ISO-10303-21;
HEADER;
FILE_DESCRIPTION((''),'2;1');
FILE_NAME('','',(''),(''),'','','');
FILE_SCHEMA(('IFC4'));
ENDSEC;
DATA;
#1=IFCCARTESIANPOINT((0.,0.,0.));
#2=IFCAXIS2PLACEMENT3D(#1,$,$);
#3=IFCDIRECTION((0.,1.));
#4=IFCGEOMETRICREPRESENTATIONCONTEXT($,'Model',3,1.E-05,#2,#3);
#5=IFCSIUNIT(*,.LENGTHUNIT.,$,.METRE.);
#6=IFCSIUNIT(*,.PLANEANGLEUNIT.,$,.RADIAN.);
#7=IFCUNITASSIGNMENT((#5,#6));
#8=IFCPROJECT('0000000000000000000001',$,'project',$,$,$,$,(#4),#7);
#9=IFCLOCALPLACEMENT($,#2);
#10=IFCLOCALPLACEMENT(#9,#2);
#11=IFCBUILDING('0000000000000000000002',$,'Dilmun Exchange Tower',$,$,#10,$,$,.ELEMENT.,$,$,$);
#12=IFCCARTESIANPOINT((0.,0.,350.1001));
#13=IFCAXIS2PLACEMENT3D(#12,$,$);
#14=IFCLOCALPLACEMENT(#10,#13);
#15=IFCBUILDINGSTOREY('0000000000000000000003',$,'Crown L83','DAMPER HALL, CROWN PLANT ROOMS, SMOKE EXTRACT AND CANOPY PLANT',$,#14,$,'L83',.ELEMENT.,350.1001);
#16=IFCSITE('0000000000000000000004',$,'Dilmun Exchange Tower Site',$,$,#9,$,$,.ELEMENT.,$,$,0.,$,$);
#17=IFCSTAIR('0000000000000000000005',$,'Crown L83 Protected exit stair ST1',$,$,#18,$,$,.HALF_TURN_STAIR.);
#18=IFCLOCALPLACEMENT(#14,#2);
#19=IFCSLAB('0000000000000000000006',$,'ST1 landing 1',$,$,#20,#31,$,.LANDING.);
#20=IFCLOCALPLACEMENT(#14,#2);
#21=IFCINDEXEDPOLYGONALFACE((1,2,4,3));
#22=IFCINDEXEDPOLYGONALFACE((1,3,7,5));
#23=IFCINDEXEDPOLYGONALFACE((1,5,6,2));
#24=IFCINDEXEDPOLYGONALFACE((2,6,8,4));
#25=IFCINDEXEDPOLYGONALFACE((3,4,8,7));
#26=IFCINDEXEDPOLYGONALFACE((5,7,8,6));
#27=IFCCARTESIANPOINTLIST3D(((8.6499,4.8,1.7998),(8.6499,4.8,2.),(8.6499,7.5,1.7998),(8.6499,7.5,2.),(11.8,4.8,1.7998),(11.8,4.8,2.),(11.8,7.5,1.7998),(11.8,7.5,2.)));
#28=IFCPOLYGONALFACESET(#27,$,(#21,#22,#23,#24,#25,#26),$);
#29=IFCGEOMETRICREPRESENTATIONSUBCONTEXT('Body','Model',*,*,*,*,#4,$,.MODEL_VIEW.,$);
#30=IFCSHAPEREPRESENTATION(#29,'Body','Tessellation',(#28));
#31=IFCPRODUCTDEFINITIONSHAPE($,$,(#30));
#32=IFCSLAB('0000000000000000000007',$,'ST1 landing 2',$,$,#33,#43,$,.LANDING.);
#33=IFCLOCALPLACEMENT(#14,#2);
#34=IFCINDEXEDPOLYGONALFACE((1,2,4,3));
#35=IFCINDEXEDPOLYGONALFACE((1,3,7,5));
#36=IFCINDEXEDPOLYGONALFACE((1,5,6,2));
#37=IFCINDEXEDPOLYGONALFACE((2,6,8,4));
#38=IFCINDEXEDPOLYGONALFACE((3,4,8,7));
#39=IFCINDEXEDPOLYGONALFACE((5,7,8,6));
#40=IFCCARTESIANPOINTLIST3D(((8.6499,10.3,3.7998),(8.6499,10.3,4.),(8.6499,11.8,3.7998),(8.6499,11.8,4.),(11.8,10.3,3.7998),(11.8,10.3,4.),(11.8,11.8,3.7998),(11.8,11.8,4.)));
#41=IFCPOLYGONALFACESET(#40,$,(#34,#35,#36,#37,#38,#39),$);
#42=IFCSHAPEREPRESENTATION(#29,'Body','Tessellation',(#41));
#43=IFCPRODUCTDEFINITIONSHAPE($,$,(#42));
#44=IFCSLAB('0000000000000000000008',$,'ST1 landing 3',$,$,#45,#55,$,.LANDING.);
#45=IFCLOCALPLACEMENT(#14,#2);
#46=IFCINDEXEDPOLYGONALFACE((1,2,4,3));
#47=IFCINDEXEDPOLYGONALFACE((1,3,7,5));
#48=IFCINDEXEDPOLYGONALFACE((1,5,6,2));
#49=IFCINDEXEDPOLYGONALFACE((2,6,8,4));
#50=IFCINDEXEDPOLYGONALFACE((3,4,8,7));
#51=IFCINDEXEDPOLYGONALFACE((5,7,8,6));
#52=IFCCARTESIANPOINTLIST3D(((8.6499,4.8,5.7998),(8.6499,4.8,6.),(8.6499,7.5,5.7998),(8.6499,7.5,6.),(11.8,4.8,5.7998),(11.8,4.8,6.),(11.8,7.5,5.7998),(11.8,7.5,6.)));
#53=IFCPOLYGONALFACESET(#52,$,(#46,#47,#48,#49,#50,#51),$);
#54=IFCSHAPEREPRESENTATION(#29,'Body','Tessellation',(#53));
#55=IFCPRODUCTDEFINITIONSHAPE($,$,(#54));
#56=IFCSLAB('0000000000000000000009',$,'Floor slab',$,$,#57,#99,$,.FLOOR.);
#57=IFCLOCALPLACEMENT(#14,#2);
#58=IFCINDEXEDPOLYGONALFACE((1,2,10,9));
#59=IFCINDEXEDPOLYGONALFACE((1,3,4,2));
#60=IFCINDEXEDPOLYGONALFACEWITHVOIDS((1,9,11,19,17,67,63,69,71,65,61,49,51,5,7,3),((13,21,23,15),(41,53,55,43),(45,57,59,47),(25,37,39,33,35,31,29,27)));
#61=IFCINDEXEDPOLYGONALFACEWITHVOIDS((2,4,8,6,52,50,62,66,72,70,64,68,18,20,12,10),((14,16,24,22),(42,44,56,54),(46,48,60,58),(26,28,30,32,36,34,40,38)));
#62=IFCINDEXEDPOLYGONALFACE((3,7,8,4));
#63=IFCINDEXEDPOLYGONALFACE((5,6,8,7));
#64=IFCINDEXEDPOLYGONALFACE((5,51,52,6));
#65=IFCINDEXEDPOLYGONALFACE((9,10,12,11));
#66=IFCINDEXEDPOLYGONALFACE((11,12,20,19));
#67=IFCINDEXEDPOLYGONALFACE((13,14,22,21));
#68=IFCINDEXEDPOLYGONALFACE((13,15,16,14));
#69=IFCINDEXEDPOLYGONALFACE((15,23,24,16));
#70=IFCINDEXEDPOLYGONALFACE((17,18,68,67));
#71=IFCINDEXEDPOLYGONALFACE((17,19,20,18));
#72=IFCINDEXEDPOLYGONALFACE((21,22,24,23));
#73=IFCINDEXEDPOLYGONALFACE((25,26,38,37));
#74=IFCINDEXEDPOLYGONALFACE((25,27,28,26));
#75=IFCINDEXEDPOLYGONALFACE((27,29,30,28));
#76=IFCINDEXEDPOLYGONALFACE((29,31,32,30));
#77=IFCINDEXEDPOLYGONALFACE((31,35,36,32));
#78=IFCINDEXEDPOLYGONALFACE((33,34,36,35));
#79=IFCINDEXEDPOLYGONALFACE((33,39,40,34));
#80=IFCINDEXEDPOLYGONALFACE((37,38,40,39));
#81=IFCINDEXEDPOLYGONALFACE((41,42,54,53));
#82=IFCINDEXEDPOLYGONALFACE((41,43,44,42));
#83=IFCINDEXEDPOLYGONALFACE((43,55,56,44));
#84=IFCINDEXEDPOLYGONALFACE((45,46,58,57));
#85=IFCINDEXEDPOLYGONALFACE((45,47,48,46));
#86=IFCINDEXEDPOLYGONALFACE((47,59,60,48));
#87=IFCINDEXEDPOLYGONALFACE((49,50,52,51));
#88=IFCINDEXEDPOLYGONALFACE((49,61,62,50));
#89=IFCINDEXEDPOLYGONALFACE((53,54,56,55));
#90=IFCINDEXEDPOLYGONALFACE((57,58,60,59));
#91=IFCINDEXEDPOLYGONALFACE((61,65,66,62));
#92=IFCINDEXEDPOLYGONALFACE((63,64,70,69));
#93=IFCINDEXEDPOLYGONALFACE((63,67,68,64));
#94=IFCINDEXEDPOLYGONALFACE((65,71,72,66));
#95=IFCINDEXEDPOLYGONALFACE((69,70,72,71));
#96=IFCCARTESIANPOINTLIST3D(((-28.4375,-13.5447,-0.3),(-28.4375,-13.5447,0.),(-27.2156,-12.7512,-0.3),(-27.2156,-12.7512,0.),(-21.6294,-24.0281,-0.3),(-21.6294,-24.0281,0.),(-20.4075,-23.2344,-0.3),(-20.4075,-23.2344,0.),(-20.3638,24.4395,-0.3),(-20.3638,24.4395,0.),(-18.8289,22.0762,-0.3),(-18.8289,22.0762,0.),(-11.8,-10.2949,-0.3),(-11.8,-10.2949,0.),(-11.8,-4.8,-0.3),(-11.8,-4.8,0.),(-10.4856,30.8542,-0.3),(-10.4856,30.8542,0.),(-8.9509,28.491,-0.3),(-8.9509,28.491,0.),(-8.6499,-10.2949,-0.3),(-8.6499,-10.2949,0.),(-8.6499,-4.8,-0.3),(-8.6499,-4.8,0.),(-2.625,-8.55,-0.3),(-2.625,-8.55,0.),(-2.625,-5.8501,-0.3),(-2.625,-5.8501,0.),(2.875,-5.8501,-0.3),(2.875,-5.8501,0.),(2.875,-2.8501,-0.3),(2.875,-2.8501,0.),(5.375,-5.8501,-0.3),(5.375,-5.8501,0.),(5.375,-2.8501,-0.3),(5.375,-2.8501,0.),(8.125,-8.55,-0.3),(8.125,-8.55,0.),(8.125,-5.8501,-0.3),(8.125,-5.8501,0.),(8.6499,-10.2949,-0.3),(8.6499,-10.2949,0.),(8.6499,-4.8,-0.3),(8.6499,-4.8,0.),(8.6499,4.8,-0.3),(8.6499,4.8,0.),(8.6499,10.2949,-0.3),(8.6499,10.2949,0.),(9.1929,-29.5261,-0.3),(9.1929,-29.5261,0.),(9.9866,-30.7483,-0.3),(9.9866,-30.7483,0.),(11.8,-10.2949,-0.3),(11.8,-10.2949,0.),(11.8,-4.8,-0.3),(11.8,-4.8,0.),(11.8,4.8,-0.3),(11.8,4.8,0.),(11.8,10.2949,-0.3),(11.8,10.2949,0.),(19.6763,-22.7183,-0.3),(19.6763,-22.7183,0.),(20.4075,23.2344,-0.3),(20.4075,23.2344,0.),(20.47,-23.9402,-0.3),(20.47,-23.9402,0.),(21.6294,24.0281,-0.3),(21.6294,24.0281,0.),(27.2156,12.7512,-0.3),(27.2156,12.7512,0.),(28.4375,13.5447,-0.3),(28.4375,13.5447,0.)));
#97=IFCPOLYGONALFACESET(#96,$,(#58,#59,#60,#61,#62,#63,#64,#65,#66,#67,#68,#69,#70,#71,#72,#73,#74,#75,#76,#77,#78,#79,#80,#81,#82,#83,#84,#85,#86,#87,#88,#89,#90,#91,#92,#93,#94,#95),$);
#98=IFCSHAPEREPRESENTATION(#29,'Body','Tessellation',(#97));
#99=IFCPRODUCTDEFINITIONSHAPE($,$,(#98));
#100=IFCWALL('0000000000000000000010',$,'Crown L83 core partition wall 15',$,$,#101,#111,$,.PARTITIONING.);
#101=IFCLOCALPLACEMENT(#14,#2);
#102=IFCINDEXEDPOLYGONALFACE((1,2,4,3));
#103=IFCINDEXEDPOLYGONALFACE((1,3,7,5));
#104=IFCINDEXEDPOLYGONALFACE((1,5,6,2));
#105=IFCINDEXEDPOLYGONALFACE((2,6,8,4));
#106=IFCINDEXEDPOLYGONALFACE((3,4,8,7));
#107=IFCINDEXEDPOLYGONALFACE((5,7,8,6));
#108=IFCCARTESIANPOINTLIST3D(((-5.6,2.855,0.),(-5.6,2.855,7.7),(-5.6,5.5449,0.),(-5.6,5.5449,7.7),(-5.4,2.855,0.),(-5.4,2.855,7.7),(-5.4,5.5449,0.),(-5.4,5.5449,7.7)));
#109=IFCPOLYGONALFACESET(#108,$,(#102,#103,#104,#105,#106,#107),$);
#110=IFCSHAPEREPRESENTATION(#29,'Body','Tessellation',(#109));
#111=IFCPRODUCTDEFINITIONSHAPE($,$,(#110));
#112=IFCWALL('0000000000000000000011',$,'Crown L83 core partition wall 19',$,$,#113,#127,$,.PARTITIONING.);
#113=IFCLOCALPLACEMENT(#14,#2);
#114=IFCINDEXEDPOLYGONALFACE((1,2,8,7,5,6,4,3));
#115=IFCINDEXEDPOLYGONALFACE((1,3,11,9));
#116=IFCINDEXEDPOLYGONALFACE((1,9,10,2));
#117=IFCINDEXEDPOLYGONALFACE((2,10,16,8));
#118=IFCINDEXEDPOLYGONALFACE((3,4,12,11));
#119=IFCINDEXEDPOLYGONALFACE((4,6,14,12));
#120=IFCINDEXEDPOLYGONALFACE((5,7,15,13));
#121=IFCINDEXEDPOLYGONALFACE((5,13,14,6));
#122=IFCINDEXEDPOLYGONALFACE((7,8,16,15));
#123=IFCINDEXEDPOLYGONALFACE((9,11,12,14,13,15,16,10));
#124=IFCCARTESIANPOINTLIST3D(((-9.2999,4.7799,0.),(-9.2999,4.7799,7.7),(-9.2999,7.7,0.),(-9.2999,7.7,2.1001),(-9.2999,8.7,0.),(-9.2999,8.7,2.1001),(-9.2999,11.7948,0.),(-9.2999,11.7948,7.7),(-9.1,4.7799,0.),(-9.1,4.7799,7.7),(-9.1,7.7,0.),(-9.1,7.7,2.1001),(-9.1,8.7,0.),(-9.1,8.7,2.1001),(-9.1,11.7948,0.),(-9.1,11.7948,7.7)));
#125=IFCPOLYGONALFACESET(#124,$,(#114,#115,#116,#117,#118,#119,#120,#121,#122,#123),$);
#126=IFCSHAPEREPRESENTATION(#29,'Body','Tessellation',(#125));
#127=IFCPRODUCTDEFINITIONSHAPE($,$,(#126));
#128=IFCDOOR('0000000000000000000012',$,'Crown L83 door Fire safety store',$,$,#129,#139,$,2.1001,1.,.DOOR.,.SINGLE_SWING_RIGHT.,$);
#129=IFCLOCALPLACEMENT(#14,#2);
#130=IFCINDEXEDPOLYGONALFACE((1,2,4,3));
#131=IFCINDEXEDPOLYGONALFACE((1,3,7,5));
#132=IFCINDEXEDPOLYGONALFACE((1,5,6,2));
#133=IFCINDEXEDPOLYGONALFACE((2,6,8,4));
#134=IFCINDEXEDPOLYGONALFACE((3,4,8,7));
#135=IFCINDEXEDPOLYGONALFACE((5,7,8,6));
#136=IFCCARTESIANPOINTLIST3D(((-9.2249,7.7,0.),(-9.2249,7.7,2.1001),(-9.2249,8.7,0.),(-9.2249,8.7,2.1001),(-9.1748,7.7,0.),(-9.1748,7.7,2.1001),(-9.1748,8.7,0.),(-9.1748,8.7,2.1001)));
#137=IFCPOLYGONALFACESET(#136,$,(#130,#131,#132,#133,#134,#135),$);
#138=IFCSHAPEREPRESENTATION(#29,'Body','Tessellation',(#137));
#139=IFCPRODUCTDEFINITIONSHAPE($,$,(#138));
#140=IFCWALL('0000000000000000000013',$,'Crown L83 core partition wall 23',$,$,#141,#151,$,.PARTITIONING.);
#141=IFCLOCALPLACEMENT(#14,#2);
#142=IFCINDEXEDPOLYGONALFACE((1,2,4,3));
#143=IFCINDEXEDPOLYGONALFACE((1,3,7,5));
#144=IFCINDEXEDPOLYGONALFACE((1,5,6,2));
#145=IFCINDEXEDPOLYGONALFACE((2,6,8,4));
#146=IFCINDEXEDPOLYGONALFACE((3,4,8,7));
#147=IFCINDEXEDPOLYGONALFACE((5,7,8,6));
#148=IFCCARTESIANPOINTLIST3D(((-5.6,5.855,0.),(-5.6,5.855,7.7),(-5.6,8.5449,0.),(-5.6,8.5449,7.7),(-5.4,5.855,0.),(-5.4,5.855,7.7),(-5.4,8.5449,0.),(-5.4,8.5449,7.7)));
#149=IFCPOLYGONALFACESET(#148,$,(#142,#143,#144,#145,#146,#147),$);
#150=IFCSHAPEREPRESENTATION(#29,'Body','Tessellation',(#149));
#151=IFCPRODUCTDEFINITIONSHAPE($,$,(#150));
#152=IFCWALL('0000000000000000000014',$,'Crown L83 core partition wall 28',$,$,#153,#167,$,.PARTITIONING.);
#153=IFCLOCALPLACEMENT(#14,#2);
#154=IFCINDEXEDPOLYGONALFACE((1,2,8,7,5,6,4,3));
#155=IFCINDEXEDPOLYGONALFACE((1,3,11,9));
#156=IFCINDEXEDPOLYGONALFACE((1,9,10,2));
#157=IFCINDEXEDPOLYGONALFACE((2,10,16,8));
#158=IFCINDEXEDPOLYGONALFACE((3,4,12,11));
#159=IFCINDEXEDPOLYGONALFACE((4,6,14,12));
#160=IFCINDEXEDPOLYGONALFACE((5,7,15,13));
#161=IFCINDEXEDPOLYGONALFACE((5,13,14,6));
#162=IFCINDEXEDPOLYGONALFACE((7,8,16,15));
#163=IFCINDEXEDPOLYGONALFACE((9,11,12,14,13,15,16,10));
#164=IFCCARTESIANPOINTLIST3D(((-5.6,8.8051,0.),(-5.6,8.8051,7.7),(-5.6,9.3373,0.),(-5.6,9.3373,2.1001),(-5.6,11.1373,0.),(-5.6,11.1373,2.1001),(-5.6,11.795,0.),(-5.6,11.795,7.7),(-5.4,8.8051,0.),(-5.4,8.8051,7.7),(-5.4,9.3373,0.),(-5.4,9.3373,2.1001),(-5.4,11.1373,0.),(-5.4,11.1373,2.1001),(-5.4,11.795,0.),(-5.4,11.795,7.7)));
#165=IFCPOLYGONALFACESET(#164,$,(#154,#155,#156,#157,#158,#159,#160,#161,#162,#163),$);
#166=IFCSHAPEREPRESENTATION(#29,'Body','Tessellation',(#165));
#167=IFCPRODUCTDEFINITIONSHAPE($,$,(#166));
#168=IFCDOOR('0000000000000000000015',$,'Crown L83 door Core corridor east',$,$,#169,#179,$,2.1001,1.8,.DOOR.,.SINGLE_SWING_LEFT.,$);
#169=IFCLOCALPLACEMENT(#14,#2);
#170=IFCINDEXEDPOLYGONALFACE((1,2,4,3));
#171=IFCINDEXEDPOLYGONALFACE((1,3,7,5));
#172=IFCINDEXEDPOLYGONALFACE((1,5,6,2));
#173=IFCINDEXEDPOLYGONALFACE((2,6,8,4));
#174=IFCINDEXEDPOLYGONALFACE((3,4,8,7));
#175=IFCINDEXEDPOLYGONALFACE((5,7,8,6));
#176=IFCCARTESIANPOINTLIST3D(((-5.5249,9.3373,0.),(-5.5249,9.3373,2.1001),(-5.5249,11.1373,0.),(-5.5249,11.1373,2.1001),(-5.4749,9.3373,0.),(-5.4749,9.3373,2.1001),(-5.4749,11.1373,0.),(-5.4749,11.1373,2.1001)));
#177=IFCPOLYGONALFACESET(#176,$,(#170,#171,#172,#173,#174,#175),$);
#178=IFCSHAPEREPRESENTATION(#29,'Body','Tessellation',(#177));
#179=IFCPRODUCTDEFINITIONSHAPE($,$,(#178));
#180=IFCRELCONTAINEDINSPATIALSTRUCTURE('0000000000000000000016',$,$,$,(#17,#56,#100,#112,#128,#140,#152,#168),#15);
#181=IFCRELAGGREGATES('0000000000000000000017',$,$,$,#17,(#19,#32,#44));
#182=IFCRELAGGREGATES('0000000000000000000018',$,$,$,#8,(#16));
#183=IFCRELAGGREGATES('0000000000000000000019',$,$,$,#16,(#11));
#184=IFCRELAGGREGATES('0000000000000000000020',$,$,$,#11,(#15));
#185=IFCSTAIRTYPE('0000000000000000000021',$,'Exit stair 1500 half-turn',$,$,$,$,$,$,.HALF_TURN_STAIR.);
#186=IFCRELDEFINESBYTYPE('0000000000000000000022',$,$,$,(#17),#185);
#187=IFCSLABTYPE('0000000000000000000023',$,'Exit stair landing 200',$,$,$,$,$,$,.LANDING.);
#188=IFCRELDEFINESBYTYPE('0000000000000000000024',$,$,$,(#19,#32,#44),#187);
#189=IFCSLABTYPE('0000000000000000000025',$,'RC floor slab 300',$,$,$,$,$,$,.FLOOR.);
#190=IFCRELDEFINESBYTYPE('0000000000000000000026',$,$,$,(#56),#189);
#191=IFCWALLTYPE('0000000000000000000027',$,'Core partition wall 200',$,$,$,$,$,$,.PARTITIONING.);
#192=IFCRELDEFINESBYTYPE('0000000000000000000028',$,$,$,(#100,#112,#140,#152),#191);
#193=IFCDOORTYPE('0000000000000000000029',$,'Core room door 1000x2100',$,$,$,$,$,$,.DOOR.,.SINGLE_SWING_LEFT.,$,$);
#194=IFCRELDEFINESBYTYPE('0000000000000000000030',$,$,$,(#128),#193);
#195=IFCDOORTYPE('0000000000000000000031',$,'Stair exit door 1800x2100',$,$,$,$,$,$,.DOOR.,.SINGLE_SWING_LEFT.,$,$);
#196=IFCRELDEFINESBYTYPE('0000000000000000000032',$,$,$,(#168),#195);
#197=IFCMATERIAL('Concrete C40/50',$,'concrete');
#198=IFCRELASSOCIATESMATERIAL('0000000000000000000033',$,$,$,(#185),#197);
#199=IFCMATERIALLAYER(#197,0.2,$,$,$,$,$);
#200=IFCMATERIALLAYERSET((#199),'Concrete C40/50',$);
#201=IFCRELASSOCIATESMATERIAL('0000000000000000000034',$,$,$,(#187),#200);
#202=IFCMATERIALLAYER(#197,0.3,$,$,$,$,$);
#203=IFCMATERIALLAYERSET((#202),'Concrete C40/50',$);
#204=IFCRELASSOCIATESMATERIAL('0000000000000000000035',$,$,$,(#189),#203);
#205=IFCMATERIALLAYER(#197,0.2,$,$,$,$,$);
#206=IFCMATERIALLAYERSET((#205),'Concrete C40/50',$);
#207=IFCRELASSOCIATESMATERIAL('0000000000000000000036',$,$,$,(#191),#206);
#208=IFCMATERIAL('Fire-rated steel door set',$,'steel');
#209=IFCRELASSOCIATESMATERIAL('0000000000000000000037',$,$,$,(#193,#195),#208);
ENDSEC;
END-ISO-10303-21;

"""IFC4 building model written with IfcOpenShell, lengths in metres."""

from ifc_helpers import new_model, si_unit, direction, frame, frame_2d, origin, place, context, subcontext, project, spatial, polyline, rectangle, outline, extrude, material, layer, layer_set, type_object, element, fill, aggregate, save


model = new_model("IFC4")

# Units and contexts
model_context = context("Model", 3, precision=1e-05, world=origin(), true_north=direction((0.0, 1.0)))
body_context = subcontext(model_context, "Body", "Model", "MODEL_VIEW")
ifc_project = project(units=[si_unit("LENGTHUNIT", "METRE"), si_unit("PLANEANGLEUNIT", "RADIAN")], contexts=[model_context])

# Site, building, storey
site_placement = place(None, origin())
site = spatial("IfcSite", under=ifc_project, at=site_placement, Name="Dilmun Exchange Tower Site", CompositionType="ELEMENT", RefElevation=0.0)
building_placement = place(site_placement, origin())
building = spatial("IfcBuilding", under=site, at=building_placement, Name="Dilmun Exchange Tower", CompositionType="ELEMENT")
storey_placement = place(building_placement, frame((0.0, 0.0, 350.1001)))
storey = spatial("IfcBuildingStorey", under=building, at=storey_placement, Name="Crown L83", Description="DAMPER HALL, CROWN PLANT ROOMS, SMOKE EXTRACT AND CANOPY PLANT", LongName="L83", CompositionType="ELEMENT", Elevation=350.1001)

# Stair, slabs
ifc_material_1 = material(Name="Concrete C40/50", Category="concrete")
stair_type = type_object("IfcStairType", Name="Exit stair 1500 half-turn", PredefinedType="HALF_TURN_STAIR", material=ifc_material_1)
stair_placement = place(storey_placement, origin())
stair = element("IfcStair", 1, at=stair_placement, inside=storey, type_object=stair_type, Name="Crown L83 Protected exit stair ST1", PredefinedType="HALF_TURN_STAIR")
ifc_layer_1 = layer(ifc_material_1, 0.2)
ifc_layer_set_1 = layer_set([ifc_layer_1], Name="Concrete C40/50")
slab_type_1 = type_object("IfcSlabType", Name="Exit stair landing 200", PredefinedType="LANDING", material=ifc_layer_set_1)
slab_1_placement = place(storey_placement, frame((0.0, 0.0, 1.7998)))
slab_1 = element("IfcSlab", 2, at=slab_1_placement, type_object=slab_type_1, Name="ST1 landing 1", PredefinedType="LANDING", context=body_context, shape_type="SweptSolid", body=[
    extrude(outline(polyline([(8.6499, 7.5), (8.6499, 4.8), (11.8, 4.8), (11.8, 7.5), (8.6499, 7.5)])), origin(), (0.0, 0.0, 1.0), 0.2002),
])
slab_2_placement = place(storey_placement, frame((0.0, 0.0, 3.7998)))
slab_2 = element("IfcSlab", 3, at=slab_2_placement, type_object=slab_type_1, Name="ST1 landing 2", PredefinedType="LANDING", context=body_context, shape_type="SweptSolid", body=[
    extrude(outline(polyline([(8.6499, 11.8), (8.6499, 10.3), (11.8, 10.3), (11.8, 11.8), (8.6499, 11.8)])), origin(), (0.0, 0.0, 1.0), 0.2002),
])
slab_3_placement = place(storey_placement, frame((0.0, 0.0, 5.7998)))
slab_3 = element("IfcSlab", 4, at=slab_3_placement, type_object=slab_type_1, Name="ST1 landing 3", PredefinedType="LANDING", context=body_context, shape_type="SweptSolid", body=[
    extrude(outline(polyline([(8.6499, 7.5), (8.6499, 4.8), (11.8, 4.8), (11.8, 7.5), (8.6499, 7.5)])), origin(), (0.0, 0.0, 1.0), 0.2002),
])
aggregate(stair, [slab_1, slab_2, slab_3])

# Slab
ifc_layer_2 = layer(ifc_material_1, 0.3)
ifc_layer_set_2 = layer_set([ifc_layer_2], Name="Concrete C40/50")
slab_type_2 = type_object("IfcSlabType", Name="RC floor slab 300", PredefinedType="FLOOR", material=ifc_layer_set_2)
slab_4_placement = place(storey_placement, frame((0.0, 0.0, -0.3)))
element("IfcSlab", 5, at=slab_4_placement, inside=storey, type_object=slab_type_2, Name="Floor slab", PredefinedType="FLOOR", context=body_context, shape_type="SweptSolid", body=[
    extrude(outline(polyline([(-20.3638, 24.4395), (-18.8289, 22.0762), (-8.9509, 28.491), (-10.4856, 30.8542), (21.6294, 24.0281), (20.4075, 23.2344), (27.2156, 12.7512), (28.4375, 13.5447), (20.47, -23.9402), (19.6763, -22.7183), (9.1929, -29.5261), (9.9866, -30.7483), (-21.6294, -24.0281), (-20.4075, -23.2344), (-27.2156, -12.7512), (-28.4375, -13.5447), (-20.3638, 24.4395)]), holes=[polyline([(-8.6499, -4.8), (-11.8, -4.8), (-11.8, -10.2949), (-8.6499, -10.2949), (-8.6499, -4.8)]), polyline([(11.8, -4.8), (8.6499, -4.8), (8.6499, -10.2949), (11.8, -10.2949), (11.8, -4.8)]), polyline([(-2.625, -5.8501), (-2.625, -8.55), (8.125, -8.55), (8.125, -5.8501), (5.375, -5.8501), (5.375, -2.8501), (2.875, -2.8501), (2.875, -5.8501), (-2.625, -5.8501)]), polyline([(8.6499, 4.8), (11.8, 4.8), (11.8, 10.2949), (8.6499, 10.2949), (8.6499, 4.8)])]), origin(), (0.0, 0.0, 1.0), 0.3),
])

# Wall
ifc_layer_3 = layer(ifc_material_1, 0.2)
ifc_layer_set_3 = layer_set([ifc_layer_3], Name="Concrete C40/50")
wall_type_1 = type_object("IfcWallType", Name="Core partition wall 200", PredefinedType="PARTITIONING", material=ifc_layer_set_3)
wall_1_placement = place(storey_placement, frame((-5.5, 2.855, 0.0), z_axis=(0.0, 0.0, 1.0), x_axis=(0.0, 1.0, 0.0)))
element("IfcWall", 6, at=wall_1_placement, inside=storey, type_object=wall_type_1, Name="Crown L83 core partition wall 15", PredefinedType="PARTITIONING", context=body_context, shape_type="SweptSolid", body=[
    extrude(rectangle(XDim=2.6899, YDim=0.2, at=frame_2d((1.345, 0.0))), origin(), (0.0, 0.0, 1.0), 7.7),
])

# Wall, opening, door
wall_2_placement = place(storey_placement, frame((-9.2, 4.78, 0.0), z_axis=(0.0, 0.0, 1.0), x_axis=(0.0, 1.0, 0.0)))
wall_2 = element("IfcWall", 7, at=wall_2_placement, inside=storey, type_object=wall_type_1, Name="Crown L83 core partition wall 19", PredefinedType="PARTITIONING", context=body_context, shape_type="SweptSolid", body=[
    extrude(rectangle(XDim=7.0149, YDim=0.2, at=frame_2d((3.5073, 0.0))), origin(), (0.0, 0.0, 1.0), 7.7),
])
opening_1_placement = place(wall_2_placement, frame((2.9199, 0.0, 0.0)))
opening_1 = element("IfcOpeningElement", 8, at=opening_1_placement, cuts=wall_2, PredefinedType="OPENING", context=body_context, shape_type="SweptSolid", body=[
    extrude(rectangle(XDim=1.0, YDim=2.1001, at=frame_2d((0.5, 1.05))), frame((0.0, 0.1099, 0.0), z_axis=(0.0, -1.0, 0.0), x_axis=(1.0, 0.0, 0.0)), (0.0, 0.0, 1.0), 0.22),
])
ifc_material_2 = material(Name="Fire-rated steel door set", Category="steel")
door_type_1 = type_object("IfcDoorType", Name="Core room door 1000x2100", OperationType="SINGLE_SWING_LEFT", PredefinedType="DOOR", material=ifc_material_2)
door_1_placement = place(opening_1_placement, origin())
door_1 = element("IfcDoor", 9, at=door_1_placement, inside=storey, type_object=door_type_1, Name="Crown L83 door Fire safety store", OperationType="SINGLE_SWING_RIGHT", OverallHeight=2.1001, OverallWidth=1.0, PredefinedType="DOOR", context=body_context, shape_type="SweptSolid", body=[
    extrude(rectangle(XDim=1.0, YDim=2.1001, at=frame_2d((0.5, 1.05))), frame((0.0, 0.0249, 0.0), z_axis=(0.0, -1.0, 0.0), x_axis=(1.0, 0.0, 0.0)), (0.0, 0.0, 1.0), 0.05),
])
fill(opening_1, door_1)

# Wall
wall_3_placement = place(storey_placement, frame((-5.5, 5.855, 0.0), z_axis=(0.0, 0.0, 1.0), x_axis=(0.0, 1.0, 0.0)))
element("IfcWall", 10, at=wall_3_placement, inside=storey, type_object=wall_type_1, Name="Crown L83 core partition wall 23", PredefinedType="PARTITIONING", context=body_context, shape_type="SweptSolid", body=[
    extrude(rectangle(XDim=2.6899, YDim=0.2, at=frame_2d((1.345, 0.0))), origin(), (0.0, 0.0, 1.0), 7.7),
])

# Wall, opening, door
wall_4_placement = place(storey_placement, frame((-5.5, 8.8049, 0.0), z_axis=(0.0, 0.0, 1.0), x_axis=(0.0, 1.0, 0.0)))
wall_4 = element("IfcWall", 11, at=wall_4_placement, inside=storey, type_object=wall_type_1, Name="Crown L83 core partition wall 28", PredefinedType="PARTITIONING", context=body_context, shape_type="SweptSolid", body=[
    extrude(rectangle(XDim=2.99, YDim=0.2, at=frame_2d((1.4951, 0.0))), origin(), (0.0, 0.0, 1.0), 7.7),
])
opening_2_placement = place(wall_4_placement, frame((0.5325, 0.0, 0.0)))
opening_2 = element("IfcOpeningElement", 12, at=opening_2_placement, cuts=wall_4, PredefinedType="OPENING", context=body_context, shape_type="SweptSolid", body=[
    extrude(rectangle(XDim=1.8, YDim=2.1001, at=frame_2d((0.8999, 1.05))), frame((0.0, 0.1099, 0.0), z_axis=(0.0, -1.0, 0.0), x_axis=(1.0, 0.0, 0.0)), (0.0, 0.0, 1.0), 0.22),
])
door_type_2 = type_object("IfcDoorType", Name="Stair exit door 1800x2100", OperationType="SINGLE_SWING_LEFT", PredefinedType="DOOR", material=ifc_material_2)
door_2_placement = place(opening_2_placement, origin())
door_2 = element("IfcDoor", 13, at=door_2_placement, inside=storey, type_object=door_type_2, Name="Crown L83 door Core corridor east", OperationType="SINGLE_SWING_LEFT", OverallHeight=2.1001, OverallWidth=1.8, PredefinedType="DOOR", context=body_context, shape_type="SweptSolid", body=[
    extrude(rectangle(XDim=1.8, YDim=2.1001, at=frame_2d((0.8999, 1.05))), frame((0.0, 0.0249, 0.0), z_axis=(0.0, -1.0, 0.0), x_axis=(1.0, 0.0, 0.0)), (0.0, 0.0, 1.0), 0.05),
])
fill(opening_2, door_2)

save(model, "model.ifc")
